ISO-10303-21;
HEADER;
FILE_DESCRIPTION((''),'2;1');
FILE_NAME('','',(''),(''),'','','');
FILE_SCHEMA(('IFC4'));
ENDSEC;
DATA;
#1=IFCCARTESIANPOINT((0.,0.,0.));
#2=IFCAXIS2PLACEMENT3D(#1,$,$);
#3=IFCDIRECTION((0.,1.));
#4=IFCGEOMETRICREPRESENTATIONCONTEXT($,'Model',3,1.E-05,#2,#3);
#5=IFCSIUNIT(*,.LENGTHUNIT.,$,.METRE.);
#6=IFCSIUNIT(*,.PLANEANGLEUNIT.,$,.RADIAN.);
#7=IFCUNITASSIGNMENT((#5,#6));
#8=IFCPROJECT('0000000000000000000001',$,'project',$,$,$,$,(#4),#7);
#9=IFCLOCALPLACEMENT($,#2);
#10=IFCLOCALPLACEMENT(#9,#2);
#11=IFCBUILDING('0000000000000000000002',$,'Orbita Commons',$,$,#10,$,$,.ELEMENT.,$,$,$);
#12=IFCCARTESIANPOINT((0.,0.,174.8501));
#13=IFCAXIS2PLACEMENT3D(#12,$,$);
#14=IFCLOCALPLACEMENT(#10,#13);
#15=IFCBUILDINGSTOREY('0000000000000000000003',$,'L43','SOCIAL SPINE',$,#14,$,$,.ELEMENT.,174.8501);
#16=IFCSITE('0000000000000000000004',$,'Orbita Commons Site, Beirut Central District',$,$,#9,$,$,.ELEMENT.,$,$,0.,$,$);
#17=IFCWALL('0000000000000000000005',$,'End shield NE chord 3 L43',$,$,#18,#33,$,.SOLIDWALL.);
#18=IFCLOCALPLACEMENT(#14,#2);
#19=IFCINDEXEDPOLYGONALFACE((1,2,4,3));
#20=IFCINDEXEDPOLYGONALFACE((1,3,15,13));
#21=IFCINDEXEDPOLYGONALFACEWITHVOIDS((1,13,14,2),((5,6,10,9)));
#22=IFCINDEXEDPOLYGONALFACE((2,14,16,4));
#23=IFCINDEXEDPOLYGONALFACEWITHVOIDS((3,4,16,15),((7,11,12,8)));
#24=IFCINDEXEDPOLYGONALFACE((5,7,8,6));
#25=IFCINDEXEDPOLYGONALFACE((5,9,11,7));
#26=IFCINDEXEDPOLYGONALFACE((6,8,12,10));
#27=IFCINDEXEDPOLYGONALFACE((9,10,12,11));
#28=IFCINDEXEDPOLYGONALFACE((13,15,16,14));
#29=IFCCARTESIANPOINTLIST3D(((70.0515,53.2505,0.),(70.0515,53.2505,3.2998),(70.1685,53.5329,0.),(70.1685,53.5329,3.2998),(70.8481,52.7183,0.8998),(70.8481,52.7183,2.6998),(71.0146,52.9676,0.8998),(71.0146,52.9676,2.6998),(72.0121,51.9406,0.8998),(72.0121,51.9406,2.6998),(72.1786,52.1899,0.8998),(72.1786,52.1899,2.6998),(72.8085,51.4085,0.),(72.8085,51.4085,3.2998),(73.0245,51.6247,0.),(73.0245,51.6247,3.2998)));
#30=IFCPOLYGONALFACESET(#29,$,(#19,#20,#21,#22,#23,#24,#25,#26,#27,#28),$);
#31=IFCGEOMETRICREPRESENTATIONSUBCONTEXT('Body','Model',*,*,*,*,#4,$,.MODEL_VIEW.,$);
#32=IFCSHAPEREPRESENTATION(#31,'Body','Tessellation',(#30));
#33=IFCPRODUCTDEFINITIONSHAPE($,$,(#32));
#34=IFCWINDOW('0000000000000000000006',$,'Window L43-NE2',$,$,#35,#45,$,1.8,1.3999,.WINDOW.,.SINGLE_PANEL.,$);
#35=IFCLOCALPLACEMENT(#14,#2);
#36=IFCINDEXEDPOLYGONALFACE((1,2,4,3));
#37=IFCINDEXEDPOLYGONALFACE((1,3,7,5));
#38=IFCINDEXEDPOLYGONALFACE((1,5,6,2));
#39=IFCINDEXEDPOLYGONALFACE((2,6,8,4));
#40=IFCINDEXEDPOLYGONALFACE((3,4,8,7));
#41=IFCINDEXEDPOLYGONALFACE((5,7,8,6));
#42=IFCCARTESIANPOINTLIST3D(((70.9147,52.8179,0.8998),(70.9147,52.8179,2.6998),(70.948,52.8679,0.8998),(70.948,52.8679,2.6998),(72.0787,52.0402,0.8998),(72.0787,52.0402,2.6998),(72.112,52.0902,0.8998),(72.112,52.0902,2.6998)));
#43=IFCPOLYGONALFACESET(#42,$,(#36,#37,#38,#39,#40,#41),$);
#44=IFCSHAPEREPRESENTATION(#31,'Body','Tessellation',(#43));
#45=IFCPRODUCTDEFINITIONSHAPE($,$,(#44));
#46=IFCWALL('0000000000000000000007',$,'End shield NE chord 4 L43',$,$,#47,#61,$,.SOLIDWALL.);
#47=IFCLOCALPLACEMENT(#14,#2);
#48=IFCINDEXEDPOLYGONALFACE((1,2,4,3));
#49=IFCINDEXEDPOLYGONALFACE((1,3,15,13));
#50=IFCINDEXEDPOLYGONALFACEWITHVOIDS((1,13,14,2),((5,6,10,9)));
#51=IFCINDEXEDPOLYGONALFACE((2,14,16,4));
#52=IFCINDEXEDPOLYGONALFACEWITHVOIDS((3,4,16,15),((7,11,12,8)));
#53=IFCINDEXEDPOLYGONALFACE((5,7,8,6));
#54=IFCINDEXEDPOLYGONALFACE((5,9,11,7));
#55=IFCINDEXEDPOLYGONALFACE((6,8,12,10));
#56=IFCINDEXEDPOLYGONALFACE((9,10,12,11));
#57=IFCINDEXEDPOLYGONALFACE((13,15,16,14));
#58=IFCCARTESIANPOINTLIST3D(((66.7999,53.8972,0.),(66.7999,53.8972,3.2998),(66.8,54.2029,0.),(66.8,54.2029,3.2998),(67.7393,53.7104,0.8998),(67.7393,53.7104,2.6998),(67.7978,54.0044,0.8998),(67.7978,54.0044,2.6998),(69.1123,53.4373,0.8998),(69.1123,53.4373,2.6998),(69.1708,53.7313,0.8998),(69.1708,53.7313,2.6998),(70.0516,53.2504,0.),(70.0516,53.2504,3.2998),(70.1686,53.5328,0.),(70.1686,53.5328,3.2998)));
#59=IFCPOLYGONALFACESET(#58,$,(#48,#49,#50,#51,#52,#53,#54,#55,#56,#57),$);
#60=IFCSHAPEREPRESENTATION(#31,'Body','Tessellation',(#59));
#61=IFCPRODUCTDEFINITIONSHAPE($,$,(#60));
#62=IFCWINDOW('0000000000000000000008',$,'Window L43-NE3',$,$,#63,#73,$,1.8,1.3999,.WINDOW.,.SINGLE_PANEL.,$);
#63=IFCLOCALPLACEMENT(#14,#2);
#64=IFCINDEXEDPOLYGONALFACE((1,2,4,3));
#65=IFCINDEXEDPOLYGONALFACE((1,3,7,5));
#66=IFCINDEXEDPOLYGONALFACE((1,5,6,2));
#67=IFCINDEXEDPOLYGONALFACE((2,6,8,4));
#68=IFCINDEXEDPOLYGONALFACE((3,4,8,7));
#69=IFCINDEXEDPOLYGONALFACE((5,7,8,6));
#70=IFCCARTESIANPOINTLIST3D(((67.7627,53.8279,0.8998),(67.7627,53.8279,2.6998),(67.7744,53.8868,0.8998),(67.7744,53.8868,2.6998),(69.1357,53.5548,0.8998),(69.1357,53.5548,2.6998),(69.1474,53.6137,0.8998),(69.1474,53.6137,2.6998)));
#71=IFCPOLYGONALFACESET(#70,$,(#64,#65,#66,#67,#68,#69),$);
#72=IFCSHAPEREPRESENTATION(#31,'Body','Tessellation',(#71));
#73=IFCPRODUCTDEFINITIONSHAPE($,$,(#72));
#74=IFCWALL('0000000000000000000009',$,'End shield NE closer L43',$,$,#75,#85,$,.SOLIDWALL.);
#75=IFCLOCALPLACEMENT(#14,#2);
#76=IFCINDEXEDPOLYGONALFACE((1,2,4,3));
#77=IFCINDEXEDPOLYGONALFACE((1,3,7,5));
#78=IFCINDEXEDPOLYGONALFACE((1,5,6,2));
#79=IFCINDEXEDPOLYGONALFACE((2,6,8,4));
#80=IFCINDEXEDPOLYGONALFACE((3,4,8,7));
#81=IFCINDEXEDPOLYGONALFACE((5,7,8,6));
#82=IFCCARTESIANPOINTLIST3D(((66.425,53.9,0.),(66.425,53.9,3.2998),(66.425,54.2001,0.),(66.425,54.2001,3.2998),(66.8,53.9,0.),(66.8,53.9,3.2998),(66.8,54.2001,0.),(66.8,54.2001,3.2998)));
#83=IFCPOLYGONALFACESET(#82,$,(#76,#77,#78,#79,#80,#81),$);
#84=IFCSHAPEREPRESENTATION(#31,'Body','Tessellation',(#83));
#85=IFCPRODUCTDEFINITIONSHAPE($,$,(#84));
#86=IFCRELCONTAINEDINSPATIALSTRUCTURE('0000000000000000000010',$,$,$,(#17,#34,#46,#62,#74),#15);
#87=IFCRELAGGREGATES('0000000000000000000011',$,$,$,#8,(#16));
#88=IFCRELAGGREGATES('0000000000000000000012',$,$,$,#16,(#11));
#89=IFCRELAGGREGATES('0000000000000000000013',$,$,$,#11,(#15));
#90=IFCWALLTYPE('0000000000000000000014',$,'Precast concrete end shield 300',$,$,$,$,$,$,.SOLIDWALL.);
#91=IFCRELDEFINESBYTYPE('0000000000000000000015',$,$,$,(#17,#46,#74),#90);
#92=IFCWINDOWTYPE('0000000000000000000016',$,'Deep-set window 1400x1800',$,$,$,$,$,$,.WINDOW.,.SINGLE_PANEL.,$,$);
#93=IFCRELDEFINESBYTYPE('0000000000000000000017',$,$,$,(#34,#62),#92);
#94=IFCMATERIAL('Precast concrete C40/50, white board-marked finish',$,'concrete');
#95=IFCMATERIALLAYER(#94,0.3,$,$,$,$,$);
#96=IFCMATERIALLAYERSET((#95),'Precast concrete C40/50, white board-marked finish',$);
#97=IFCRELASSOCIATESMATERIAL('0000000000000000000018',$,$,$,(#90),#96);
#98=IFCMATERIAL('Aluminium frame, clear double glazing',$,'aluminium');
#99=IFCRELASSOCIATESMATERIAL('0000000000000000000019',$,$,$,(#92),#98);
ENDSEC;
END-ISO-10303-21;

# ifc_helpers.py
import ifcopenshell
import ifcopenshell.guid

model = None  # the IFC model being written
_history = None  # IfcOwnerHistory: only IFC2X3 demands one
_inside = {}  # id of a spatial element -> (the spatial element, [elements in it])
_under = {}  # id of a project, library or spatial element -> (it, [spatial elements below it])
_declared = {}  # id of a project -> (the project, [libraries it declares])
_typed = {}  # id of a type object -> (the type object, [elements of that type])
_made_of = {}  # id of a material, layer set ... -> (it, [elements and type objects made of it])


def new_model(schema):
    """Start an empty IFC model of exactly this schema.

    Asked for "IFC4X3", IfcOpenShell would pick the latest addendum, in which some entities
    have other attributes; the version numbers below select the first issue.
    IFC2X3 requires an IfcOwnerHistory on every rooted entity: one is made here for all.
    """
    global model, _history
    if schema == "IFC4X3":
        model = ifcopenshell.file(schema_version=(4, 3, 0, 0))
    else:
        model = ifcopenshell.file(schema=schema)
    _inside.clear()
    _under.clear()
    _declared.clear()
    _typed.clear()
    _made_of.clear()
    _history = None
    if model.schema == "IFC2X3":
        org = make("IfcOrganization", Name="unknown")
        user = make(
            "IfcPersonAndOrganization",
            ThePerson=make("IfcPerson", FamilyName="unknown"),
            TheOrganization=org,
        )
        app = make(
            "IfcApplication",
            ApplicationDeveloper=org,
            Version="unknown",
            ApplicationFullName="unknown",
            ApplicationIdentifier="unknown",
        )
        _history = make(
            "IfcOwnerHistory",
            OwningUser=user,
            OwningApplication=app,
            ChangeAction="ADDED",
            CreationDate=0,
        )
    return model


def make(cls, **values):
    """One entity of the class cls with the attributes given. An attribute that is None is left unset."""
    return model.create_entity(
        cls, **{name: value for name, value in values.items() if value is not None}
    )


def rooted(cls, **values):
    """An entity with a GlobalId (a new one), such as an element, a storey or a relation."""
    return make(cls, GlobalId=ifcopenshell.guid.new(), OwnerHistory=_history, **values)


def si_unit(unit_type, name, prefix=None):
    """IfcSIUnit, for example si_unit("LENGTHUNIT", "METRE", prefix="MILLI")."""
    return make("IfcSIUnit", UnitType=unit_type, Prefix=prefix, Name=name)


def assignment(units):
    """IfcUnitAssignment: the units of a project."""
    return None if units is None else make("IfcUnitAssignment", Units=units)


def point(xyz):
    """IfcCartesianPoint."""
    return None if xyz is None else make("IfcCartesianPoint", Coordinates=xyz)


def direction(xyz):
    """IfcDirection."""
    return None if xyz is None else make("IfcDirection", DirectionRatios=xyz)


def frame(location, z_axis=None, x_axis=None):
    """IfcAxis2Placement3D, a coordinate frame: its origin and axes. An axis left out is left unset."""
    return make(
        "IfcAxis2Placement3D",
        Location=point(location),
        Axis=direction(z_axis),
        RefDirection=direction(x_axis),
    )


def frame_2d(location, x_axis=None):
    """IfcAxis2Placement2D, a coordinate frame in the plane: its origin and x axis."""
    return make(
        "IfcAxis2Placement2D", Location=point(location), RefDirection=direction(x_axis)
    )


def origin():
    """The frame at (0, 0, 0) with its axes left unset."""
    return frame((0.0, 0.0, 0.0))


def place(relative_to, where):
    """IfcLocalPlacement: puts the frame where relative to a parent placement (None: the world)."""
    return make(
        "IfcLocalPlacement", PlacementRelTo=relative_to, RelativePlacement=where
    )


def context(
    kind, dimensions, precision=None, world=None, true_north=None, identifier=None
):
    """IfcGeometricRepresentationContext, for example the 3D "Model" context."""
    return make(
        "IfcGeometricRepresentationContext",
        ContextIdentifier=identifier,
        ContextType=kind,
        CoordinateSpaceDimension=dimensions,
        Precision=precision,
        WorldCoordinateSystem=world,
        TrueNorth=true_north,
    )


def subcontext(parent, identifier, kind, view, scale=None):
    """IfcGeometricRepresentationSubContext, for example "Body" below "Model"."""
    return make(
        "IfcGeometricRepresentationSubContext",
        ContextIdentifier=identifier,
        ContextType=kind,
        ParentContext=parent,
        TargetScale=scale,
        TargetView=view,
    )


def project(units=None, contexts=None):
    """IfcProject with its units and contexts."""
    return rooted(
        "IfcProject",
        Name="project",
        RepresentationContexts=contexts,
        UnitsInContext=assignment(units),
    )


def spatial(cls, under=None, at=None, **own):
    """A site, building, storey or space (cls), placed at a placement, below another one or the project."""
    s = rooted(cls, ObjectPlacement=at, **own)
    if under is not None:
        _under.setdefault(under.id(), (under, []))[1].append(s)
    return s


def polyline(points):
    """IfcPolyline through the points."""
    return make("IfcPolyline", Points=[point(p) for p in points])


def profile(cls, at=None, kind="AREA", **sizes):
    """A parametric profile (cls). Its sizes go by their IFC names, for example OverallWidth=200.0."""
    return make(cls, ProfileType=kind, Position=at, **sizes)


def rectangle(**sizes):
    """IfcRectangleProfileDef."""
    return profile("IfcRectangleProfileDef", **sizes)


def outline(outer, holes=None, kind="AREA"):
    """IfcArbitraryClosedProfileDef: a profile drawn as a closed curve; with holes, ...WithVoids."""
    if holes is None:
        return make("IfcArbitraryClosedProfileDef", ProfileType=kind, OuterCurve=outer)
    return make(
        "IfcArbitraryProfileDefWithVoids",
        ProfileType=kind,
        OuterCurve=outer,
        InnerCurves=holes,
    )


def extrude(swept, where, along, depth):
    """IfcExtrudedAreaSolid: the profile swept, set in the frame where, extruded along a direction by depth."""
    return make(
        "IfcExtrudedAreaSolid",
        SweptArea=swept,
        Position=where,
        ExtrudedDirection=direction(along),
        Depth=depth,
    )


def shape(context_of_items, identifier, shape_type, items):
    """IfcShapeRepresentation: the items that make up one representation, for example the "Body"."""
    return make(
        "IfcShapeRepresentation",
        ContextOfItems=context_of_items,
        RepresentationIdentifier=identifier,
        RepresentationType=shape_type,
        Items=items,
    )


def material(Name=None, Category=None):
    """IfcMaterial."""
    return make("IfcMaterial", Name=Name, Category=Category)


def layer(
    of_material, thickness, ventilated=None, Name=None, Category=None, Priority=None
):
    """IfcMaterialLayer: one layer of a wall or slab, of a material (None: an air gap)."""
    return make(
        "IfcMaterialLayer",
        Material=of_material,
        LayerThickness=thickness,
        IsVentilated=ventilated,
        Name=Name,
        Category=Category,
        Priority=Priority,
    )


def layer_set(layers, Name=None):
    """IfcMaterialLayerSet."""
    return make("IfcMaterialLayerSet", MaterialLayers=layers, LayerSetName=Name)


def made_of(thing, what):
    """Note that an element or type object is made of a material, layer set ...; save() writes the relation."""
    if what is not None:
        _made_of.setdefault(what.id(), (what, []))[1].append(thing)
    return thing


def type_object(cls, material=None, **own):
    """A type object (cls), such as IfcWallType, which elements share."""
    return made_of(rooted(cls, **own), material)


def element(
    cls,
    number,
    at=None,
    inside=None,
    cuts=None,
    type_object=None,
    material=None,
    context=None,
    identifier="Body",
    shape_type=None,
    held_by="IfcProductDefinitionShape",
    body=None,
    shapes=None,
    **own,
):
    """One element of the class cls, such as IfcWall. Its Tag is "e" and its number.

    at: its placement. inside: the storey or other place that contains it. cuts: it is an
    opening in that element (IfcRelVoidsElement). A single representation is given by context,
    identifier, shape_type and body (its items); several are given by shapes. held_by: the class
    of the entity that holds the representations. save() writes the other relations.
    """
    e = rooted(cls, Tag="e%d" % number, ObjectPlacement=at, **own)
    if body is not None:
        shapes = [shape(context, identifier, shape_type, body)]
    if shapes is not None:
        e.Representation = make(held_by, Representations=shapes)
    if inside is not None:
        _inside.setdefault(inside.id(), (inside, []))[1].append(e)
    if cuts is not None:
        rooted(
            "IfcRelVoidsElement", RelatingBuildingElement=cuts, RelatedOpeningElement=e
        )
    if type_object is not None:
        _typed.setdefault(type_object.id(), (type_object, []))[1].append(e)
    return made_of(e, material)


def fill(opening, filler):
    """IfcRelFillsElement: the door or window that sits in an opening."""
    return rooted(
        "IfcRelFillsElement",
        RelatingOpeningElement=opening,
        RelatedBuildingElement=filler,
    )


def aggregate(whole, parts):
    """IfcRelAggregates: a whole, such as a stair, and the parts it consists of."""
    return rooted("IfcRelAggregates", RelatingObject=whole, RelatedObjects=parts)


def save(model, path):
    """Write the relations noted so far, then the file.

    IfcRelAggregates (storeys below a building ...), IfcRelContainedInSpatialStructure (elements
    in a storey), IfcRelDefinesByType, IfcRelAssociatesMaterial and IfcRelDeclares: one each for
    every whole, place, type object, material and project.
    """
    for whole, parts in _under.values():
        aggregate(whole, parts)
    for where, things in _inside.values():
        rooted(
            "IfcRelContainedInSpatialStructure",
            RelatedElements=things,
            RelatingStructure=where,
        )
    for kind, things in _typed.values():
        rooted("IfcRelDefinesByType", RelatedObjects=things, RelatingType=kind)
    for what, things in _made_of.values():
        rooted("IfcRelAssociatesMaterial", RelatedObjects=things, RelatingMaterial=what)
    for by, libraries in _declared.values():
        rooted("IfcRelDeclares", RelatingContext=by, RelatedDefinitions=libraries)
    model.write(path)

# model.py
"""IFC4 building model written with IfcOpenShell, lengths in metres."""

from ifc_helpers import new_model, si_unit, direction, frame, frame_2d, origin, place, context, subcontext, project, spatial, polyline, rectangle, outline, extrude, material, layer, layer_set, type_object, element, fill, save


model = new_model("IFC4")

# Units and contexts
model_context = context("Model", 3, precision=1e-05, world=origin(), true_north=direction((0.0, 1.0)))
body_context = subcontext(model_context, "Body", "Model", "MODEL_VIEW")
ifc_project = project(units=[si_unit("LENGTHUNIT", "METRE"), si_unit("PLANEANGLEUNIT", "RADIAN")], contexts=[model_context])

# Site, building, storey
site_placement = place(None, origin())
site = spatial("IfcSite", under=ifc_project, at=site_placement, Name="Orbita Commons Site, Beirut Central District", CompositionType="ELEMENT", RefElevation=0.0)
building_placement = place(site_placement, origin())
building = spatial("IfcBuilding", under=site, at=building_placement, Name="Orbita Commons", CompositionType="ELEMENT")
storey_placement = place(building_placement, frame((0.0, 0.0, 174.8501)))
storey = spatial("IfcBuildingStorey", under=building, at=storey_placement, Name="L43", Description="SOCIAL SPINE", CompositionType="ELEMENT", Elevation=174.8501)

# Walls, openings, windows
ifc_material_1 = material(Name="Precast concrete C40/50, white board-marked finish", Category="concrete")
ifc_layer_1 = layer(ifc_material_1, 0.3)
ifc_layer_set_1 = layer_set([ifc_layer_1], Name="Precast concrete C40/50, white board-marked finish")
wall_type_1 = type_object("IfcWallType", Name="Precast concrete end shield 300", PredefinedType="SOLIDWALL", material=ifc_layer_set_1)
wall_1_placement = place(storey_placement, frame((72.9165, 51.5166, 0.0), z_axis=(0.0, 0.0, 1.0), x_axis=(-0.831493, 0.555535, 0.0)))
wall_1 = element("IfcWall", 1, at=wall_1_placement, inside=storey, type_object=wall_type_1, Name="End shield NE chord 3 L43", PredefinedType="SOLIDWALL", context=body_context, shape_type="SweptSolid", body=[
    extrude(outline(polyline([(-0.0298, -0.1499), (3.405, -0.1499), (3.3455, 0.1499), (0.0298, 0.1499), (-0.0298, -0.1499)])), origin(), (0.0, 0.0, 1.0), 3.2998),
])
opening_1_placement = place(wall_1_placement, frame((0.9875, 0.0, 0.8999)))
opening_1 = element("IfcOpeningElement", 2, at=opening_1_placement, cuts=wall_1, PredefinedType="OPENING", context=body_context, shape_type="SweptSolid", body=[
    extrude(rectangle(XDim=1.3999, YDim=1.8, at=frame_2d((0.7, 0.8999))), frame((0.0, 0.1599, 0.0), z_axis=(0.0, -1.0, 0.0), x_axis=(1.0, 0.0, 0.0)), (0.0, 0.0, 1.0), 0.3201),
])
ifc_material_2 = material(Name="Aluminium frame, clear double glazing", Category="aluminium")
window_type = type_object("IfcWindowType", Name="Deep-set window 1400x1800", PartitioningType="SINGLE_PANEL", PredefinedType="WINDOW", material=ifc_material_2)
window_1_placement = place(opening_1_placement, origin())
window_1 = element("IfcWindow", 3, at=window_1_placement, inside=storey, type_object=window_type, Name="Window L43-NE2", OverallHeight=1.8, OverallWidth=1.3999, PartitioningType="SINGLE_PANEL", PredefinedType="WINDOW", context=body_context, shape_type="SweptSolid", body=[
    extrude(rectangle(XDim=1.3999, YDim=1.8, at=frame_2d((0.7, 0.8999))), frame((0.0, 0.03, 0.0), z_axis=(0.0, -1.0, 0.0), x_axis=(1.0, 0.0, 0.0)), (0.0, 0.0, 1.0), 0.0601),
])
fill(opening_1, window_1)
wall_2_placement = place(storey_placement, frame((70.1101, 53.3916, 0.0), z_axis=(0.0, 0.0, 1.0), x_axis=(-0.980783, 0.1951, 0.0)))
wall_2 = element("IfcWall", 4, at=wall_2_placement, inside=storey, type_object=wall_type_1, Name="End shield NE chord 4 L43", PredefinedType="SOLIDWALL", context=body_context, shape_type="SweptSolid", body=[
    extrude(outline(polyline([(-0.0298, -0.1499), (3.4048, -0.1499), (3.3452, 0.1499), (0.0298, 0.1499), (-0.0298, -0.1499)])), origin(), (0.0, 0.0, 1.0), 3.2998),
])
opening_2_placement = place(wall_2_placement, frame((0.9875, 0.0, 0.8999)))
opening_2 = element("IfcOpeningElement", 5, at=opening_2_placement, cuts=wall_2, PredefinedType="OPENING", context=body_context, shape_type="SweptSolid", body=[
    extrude(rectangle(XDim=1.3999, YDim=1.8, at=frame_2d((0.7, 0.8999))), frame((0.0, 0.1599, 0.0), z_axis=(0.0, -1.0, 0.0), x_axis=(1.0, 0.0, 0.0)), (0.0, 0.0, 1.0), 0.3201),
])
window_2_placement = place(opening_2_placement, origin())
window_2 = element("IfcWindow", 6, at=window_2_placement, inside=storey, type_object=window_type, Name="Window L43-NE3", OverallHeight=1.8, OverallWidth=1.3999, PartitioningType="SINGLE_PANEL", PredefinedType="WINDOW", context=body_context, shape_type="SweptSolid", body=[
    extrude(rectangle(XDim=1.3999, YDim=1.8, at=frame_2d((0.7, 0.8999))), frame((0.0, 0.03, 0.0), z_axis=(0.0, -1.0, 0.0), x_axis=(1.0, 0.0, 0.0)), (0.0, 0.0, 1.0), 0.0601),
])
fill(opening_2, window_2)

# Wall
wall_3_placement = place(storey_placement, frame((66.8, 54.05, 0.0), z_axis=(0.0, 0.0, 1.0), x_axis=(-1.0, 0.0, 0.0)))
element("IfcWall", 7, at=wall_3_placement, inside=storey, type_object=wall_type_1, Name="End shield NE closer L43", PredefinedType="SOLIDWALL", context=body_context, shape_type="SweptSolid", body=[
    extrude(rectangle(XDim=0.375, YDim=0.3, at=frame_2d((0.1875, 0.0))), origin(), (0.0, 0.0, 1.0), 3.2998),
])

save(model, "model.ifc")
